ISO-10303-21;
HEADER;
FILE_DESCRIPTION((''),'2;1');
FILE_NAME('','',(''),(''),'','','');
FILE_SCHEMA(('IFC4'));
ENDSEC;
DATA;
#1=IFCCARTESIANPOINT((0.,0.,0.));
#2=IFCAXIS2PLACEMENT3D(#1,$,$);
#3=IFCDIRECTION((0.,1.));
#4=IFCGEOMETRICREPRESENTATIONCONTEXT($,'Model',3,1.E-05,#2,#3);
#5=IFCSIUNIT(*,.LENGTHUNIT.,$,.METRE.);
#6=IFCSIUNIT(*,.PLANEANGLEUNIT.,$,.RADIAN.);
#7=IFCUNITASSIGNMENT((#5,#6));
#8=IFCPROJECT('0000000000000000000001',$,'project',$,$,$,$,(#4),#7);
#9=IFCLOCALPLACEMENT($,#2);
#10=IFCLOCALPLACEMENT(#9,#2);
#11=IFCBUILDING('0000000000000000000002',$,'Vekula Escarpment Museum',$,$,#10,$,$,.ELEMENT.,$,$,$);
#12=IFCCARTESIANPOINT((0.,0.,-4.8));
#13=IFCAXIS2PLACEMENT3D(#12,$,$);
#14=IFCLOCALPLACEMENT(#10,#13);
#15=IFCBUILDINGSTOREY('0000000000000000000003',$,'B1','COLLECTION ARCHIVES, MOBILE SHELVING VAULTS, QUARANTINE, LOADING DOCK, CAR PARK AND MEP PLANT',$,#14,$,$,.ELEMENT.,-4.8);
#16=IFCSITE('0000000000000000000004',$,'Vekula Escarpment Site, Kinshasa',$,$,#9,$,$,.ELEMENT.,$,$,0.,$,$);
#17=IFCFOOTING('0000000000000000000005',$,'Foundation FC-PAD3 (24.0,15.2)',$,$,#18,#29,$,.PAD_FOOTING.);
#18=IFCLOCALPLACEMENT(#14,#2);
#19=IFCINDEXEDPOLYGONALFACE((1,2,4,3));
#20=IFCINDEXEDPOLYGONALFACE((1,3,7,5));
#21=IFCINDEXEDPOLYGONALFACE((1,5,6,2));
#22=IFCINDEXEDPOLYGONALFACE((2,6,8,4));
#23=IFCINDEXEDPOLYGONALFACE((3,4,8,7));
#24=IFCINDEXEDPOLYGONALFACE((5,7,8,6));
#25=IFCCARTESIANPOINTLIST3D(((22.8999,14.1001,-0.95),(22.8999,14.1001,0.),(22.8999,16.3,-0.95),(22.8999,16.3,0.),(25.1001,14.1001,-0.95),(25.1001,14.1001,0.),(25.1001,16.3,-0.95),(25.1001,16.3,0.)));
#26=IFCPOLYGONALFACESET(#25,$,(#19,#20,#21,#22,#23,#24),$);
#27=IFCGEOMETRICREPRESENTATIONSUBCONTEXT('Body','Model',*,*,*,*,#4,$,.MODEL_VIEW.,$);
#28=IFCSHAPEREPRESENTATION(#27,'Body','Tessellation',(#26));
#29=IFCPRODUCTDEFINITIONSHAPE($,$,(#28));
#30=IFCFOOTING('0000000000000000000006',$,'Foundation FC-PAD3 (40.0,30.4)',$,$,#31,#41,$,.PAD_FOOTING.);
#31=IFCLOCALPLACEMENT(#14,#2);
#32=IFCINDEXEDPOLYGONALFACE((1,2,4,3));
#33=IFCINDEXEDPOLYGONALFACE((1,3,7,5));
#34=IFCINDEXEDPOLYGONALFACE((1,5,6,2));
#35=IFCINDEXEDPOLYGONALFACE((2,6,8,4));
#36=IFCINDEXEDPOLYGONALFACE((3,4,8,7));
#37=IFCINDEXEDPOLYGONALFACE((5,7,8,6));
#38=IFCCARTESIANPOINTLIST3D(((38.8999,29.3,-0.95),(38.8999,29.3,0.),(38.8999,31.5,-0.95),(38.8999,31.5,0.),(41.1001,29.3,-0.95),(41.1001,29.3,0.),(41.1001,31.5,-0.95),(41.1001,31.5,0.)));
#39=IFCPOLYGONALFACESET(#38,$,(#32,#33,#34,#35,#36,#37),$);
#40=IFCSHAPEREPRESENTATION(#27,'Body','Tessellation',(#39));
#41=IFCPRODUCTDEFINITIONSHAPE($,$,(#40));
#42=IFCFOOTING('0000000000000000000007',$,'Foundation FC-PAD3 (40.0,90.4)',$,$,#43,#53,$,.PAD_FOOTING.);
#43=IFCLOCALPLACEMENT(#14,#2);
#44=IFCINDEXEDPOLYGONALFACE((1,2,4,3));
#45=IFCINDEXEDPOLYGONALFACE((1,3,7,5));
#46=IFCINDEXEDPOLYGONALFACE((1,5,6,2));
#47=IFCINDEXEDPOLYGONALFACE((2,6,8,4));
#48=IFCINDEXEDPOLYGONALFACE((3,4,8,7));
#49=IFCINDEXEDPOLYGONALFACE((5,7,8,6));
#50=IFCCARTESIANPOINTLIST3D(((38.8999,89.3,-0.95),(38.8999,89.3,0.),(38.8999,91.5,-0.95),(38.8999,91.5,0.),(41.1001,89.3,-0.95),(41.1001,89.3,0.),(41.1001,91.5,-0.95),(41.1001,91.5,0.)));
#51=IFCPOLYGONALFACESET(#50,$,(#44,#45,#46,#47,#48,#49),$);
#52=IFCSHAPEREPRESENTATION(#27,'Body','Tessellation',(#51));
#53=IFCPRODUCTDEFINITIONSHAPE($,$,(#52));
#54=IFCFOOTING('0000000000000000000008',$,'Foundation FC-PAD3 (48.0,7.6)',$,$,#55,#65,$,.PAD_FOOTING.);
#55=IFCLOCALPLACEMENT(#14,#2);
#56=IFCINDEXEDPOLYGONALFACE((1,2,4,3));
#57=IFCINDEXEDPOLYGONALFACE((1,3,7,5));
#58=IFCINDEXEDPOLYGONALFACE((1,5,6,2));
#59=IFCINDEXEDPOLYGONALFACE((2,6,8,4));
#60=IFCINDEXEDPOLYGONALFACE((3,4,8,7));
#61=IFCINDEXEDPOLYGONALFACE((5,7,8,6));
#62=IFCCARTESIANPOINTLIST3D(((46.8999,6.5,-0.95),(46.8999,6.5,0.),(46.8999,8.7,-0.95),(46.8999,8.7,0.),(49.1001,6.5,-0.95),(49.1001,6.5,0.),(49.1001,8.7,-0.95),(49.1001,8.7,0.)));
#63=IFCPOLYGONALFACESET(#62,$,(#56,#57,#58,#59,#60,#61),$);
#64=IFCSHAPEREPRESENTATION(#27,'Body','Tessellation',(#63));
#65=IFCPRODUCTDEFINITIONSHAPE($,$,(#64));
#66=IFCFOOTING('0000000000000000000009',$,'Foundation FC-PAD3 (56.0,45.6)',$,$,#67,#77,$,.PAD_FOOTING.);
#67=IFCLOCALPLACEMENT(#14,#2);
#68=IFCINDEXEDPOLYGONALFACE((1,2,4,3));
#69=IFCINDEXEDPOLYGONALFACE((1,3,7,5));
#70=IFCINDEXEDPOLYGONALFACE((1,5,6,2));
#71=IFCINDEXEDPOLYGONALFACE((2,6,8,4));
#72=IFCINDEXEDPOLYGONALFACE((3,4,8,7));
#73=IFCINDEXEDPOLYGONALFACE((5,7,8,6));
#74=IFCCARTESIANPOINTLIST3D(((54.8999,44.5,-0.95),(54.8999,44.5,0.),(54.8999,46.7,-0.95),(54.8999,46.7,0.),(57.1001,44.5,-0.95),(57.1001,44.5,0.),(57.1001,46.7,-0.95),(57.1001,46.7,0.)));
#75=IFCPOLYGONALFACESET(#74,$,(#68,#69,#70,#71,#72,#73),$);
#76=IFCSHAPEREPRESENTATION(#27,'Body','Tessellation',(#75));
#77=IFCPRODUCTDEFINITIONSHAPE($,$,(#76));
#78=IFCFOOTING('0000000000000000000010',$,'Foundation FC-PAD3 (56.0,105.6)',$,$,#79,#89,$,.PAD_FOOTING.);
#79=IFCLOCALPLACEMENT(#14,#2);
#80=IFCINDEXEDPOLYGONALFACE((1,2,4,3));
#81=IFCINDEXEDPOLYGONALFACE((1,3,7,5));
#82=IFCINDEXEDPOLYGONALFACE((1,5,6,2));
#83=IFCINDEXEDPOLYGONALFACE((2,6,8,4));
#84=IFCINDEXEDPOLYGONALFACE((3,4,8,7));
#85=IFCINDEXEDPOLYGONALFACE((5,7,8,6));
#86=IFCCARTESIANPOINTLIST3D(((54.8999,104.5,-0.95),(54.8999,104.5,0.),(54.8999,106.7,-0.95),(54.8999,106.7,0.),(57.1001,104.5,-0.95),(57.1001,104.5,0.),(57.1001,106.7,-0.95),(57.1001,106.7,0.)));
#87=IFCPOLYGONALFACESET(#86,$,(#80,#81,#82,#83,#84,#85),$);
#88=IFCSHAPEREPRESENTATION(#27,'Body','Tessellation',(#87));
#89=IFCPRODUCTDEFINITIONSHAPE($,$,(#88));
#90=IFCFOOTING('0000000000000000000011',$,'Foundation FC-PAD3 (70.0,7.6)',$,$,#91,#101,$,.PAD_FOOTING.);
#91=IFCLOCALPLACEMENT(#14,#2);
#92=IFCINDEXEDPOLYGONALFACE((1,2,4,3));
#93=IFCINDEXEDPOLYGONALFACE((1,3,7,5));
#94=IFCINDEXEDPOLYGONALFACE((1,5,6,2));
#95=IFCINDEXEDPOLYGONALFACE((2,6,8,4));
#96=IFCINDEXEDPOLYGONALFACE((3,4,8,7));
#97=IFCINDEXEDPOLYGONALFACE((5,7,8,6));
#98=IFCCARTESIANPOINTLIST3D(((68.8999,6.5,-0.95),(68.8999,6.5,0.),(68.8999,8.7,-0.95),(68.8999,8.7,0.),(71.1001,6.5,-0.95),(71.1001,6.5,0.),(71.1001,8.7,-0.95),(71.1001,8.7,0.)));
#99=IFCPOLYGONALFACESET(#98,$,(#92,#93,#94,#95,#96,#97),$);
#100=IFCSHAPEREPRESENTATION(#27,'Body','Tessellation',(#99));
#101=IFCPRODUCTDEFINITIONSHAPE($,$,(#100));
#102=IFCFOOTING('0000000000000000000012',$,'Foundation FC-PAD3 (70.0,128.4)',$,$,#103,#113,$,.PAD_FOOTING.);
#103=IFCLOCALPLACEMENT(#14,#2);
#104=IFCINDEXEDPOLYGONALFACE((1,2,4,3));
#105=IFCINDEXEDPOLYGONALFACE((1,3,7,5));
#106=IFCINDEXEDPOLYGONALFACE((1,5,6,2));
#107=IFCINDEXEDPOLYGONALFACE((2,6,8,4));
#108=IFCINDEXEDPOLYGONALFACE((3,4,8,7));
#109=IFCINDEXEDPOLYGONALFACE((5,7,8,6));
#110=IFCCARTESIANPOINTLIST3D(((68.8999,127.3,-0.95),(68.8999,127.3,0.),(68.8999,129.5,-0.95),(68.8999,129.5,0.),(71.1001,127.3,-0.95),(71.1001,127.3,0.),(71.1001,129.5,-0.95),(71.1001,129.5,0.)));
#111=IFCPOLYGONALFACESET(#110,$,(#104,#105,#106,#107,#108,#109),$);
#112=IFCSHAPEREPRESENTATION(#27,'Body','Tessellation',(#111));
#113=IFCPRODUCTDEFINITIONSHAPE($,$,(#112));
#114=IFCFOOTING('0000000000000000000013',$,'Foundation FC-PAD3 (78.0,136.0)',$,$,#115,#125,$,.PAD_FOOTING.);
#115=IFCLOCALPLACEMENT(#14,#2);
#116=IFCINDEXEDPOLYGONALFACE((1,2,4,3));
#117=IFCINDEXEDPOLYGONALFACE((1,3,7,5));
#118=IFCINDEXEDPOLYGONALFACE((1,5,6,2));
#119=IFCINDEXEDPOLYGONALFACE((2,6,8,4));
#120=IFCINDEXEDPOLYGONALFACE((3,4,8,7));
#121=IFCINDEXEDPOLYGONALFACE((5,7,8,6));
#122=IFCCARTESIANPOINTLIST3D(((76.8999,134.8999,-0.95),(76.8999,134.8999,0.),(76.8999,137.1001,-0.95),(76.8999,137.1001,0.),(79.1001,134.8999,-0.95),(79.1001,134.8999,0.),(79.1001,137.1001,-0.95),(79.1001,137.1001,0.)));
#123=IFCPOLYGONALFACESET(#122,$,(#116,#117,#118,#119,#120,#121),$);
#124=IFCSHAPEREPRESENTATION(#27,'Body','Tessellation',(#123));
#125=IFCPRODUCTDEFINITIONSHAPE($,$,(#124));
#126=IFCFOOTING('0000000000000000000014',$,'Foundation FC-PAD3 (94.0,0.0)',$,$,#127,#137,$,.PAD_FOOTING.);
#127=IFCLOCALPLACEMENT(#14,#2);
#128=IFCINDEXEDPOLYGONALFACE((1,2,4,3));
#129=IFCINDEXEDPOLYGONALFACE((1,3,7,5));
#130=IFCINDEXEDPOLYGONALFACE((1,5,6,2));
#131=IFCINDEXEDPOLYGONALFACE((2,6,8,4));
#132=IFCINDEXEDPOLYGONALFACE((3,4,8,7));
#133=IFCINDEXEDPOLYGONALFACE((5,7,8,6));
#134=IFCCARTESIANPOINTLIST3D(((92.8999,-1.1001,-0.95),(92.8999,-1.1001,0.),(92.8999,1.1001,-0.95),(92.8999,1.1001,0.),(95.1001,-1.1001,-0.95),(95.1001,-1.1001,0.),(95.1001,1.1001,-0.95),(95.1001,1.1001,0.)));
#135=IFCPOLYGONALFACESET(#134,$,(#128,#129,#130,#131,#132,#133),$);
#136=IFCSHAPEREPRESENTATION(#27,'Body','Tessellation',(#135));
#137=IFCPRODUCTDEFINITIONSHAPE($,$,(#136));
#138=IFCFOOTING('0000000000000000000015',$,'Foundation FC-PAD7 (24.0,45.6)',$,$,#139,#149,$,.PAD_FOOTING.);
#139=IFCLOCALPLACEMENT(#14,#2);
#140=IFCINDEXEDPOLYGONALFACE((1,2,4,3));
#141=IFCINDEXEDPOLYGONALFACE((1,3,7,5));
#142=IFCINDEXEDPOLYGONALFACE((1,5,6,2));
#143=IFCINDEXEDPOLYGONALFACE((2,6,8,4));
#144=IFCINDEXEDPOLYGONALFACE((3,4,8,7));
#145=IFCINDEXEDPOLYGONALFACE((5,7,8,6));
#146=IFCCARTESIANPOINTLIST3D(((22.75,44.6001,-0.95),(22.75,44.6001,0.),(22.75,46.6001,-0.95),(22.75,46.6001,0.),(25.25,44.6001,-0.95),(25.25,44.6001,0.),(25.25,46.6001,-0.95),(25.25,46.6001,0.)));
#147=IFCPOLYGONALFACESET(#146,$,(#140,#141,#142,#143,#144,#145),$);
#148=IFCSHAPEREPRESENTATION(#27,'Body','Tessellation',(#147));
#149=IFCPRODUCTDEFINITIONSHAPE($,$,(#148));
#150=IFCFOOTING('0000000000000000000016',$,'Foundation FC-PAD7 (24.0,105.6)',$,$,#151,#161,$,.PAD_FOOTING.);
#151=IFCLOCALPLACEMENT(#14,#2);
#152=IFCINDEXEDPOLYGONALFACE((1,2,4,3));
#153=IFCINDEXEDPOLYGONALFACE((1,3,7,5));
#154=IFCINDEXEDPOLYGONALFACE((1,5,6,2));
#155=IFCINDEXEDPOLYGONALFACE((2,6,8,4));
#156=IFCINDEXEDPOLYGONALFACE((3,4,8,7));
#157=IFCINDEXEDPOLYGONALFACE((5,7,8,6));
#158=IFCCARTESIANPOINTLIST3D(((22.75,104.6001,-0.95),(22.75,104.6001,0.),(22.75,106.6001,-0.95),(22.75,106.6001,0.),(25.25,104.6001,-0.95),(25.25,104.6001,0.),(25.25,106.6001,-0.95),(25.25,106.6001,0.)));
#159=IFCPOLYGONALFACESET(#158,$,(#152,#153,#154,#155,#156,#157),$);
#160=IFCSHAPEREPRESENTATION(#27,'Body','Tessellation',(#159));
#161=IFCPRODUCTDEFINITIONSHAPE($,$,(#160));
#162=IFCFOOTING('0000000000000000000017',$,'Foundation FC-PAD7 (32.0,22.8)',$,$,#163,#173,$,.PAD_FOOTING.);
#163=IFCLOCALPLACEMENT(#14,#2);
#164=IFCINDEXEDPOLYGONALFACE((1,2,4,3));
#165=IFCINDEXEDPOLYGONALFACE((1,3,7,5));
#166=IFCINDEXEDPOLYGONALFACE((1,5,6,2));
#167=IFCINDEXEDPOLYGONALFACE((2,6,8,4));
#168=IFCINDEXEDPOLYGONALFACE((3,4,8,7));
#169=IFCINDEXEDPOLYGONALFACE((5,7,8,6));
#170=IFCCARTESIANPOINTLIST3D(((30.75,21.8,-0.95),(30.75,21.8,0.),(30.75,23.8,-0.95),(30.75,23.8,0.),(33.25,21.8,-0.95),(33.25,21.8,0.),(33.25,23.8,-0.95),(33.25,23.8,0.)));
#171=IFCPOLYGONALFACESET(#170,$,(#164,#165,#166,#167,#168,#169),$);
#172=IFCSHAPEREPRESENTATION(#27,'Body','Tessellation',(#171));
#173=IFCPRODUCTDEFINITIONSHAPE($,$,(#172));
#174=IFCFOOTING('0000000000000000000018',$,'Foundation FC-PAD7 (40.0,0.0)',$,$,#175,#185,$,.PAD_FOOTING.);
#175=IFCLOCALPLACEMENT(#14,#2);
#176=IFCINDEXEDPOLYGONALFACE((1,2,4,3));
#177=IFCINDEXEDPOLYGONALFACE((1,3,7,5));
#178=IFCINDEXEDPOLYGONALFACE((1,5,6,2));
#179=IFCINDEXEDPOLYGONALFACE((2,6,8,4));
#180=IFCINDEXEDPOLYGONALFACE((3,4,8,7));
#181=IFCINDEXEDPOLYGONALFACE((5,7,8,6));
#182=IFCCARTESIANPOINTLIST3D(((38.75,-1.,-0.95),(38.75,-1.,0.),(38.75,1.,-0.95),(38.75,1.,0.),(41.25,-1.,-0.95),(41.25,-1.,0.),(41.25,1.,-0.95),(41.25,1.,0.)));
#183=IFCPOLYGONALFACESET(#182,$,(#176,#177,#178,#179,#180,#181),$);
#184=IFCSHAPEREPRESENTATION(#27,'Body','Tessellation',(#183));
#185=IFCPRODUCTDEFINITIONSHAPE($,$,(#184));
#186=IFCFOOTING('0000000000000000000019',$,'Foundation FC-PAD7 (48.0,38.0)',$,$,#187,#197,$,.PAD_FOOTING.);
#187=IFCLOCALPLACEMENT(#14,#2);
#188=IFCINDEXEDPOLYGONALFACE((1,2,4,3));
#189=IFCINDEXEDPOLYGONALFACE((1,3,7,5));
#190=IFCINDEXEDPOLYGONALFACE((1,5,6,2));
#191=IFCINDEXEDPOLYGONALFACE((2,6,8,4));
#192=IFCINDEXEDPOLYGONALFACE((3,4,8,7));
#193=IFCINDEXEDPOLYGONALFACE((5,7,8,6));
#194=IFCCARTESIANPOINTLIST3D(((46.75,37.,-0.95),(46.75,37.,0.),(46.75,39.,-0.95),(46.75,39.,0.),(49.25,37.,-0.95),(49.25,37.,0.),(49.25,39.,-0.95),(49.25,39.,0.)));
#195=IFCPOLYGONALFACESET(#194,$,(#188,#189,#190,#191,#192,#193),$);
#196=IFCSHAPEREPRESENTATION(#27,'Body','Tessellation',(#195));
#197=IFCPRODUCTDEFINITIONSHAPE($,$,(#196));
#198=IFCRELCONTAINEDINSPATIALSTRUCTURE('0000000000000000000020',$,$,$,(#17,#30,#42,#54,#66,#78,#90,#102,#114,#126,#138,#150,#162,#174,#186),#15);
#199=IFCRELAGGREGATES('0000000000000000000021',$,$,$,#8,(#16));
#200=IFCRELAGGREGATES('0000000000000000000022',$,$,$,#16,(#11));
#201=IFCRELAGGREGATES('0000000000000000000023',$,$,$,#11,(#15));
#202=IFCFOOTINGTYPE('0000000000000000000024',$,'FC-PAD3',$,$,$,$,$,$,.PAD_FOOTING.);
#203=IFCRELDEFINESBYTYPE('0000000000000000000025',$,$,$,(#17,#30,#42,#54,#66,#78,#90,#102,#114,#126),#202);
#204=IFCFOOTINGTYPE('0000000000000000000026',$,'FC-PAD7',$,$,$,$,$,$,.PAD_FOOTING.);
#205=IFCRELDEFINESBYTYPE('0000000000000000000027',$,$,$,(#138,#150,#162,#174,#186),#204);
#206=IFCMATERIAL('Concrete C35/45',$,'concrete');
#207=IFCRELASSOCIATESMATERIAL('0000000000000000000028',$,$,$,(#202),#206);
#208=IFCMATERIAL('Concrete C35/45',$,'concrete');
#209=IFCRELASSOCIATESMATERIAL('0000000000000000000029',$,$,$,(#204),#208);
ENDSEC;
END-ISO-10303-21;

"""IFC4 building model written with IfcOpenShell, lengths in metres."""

from ifc_helpers import new_model, si_unit, direction, frame, origin, place, context, subcontext, project, spatial, polyline, outline, extrude, material, type_object, element, save


model = new_model("IFC4")

# Units and contexts
model_context = context("Model", 3, precision=1e-05, world=origin(), true_north=direction((0.0, 1.0)))
body_context = subcontext(model_context, "Body", "Model", "MODEL_VIEW")
ifc_project = project(units=[si_unit("LENGTHUNIT", "METRE"), si_unit("PLANEANGLEUNIT", "RADIAN")], contexts=[model_context])

# Site, building, storey
site_placement = place(None, origin())
site = spatial("IfcSite", under=ifc_project, at=site_placement, Name="Vekula Escarpment Site, Kinshasa", CompositionType="ELEMENT", RefElevation=0.0)
building_placement = place(site_placement, origin())
building = spatial("IfcBuilding", under=site, at=building_placement, Name="Vekula Escarpment Museum", CompositionType="ELEMENT")
storey_placement = place(building_placement, frame((0.0, 0.0, -4.8)))
storey = spatial("IfcBuildingStorey", under=building, at=storey_placement, Name="B1", Description="COLLECTION ARCHIVES, MOBILE SHELVING VAULTS, QUARANTINE, LOADING DOCK, CAR PARK AND MEP PLANT", CompositionType="ELEMENT", Elevation=-4.8)

# Footings
ifc_material_1 = material(Name="Concrete C35/45", Category="concrete")
footing_type_1 = type_object("IfcFootingType", Name="FC-PAD3", PredefinedType="PAD_FOOTING", material=ifc_material_1)
footing_1_placement = place(storey_placement, frame((0.0, 0.0, -0.95)))
element("IfcFooting", 1, at=footing_1_placement, inside=storey, type_object=footing_type_1, Name="Foundation FC-PAD3 (24.0,15.2)", PredefinedType="PAD_FOOTING", context=body_context, shape_type="SweptSolid", body=[
    extrude(outline(polyline([(22.8999, 14.1001), (25.1001, 14.1001), (25.1001, 16.3), (22.8999, 16.3), (22.8999, 14.1001)])), origin(), (0.0, 0.0, 1.0), 0.95),
])
footing_2_placement = place(storey_placement, frame((0.0, 0.0, -0.95)))
element("IfcFooting", 2, at=footing_2_placement, inside=storey, type_object=footing_type_1, Name="Foundation FC-PAD3 (40.0,30.4)", PredefinedType="PAD_FOOTING", context=body_context, shape_type="SweptSolid", body=[
    extrude(outline(polyline([(38.8999, 29.3), (41.1001, 29.3), (41.1001, 31.5), (38.8999, 31.5), (38.8999, 29.3)])), origin(), (0.0, 0.0, 1.0), 0.95),
])
footing_3_placement = place(storey_placement, frame((0.0, 0.0, -0.95)))
element("IfcFooting", 3, at=footing_3_placement, inside=storey, type_object=footing_type_1, Name="Foundation FC-PAD3 (40.0,90.4)", PredefinedType="PAD_FOOTING", context=body_context, shape_type="SweptSolid", body=[
    extrude(outline(polyline([(38.8999, 89.3), (41.1001, 89.3), (41.1001, 91.5), (38.8999, 91.5), (38.8999, 89.3)])), origin(), (0.0, 0.0, 1.0), 0.95),
])
footing_4_placement = place(storey_placement, frame((0.0, 0.0, -0.95)))
element("IfcFooting", 4, at=footing_4_placement, inside=storey, type_object=footing_type_1, Name="Foundation FC-PAD3 (48.0,7.6)", PredefinedType="PAD_FOOTING", context=body_context, shape_type="SweptSolid", body=[
    extrude(outline(polyline([(46.8999, 6.5), (49.1001, 6.5), (49.1001, 8.7), (46.8999, 8.7), (46.8999, 6.5)])), origin(), (0.0, 0.0, 1.0), 0.95),
])
footing_5_placement = place(storey_placement, frame((0.0, 0.0, -0.95)))
element("IfcFooting", 5, at=footing_5_placement, inside=storey, type_object=footing_type_1, Name="Foundation FC-PAD3 (56.0,45.6)", PredefinedType="PAD_FOOTING", context=body_context, shape_type="SweptSolid", body=[
    extrude(outline(polyline([(54.8999, 44.5), (57.1001, 44.5), (57.1001, 46.7), (54.8999, 46.7), (54.8999, 44.5)])), origin(), (0.0, 0.0, 1.0), 0.95),
])
footing_6_placement = place(storey_placement, frame((0.0, 0.0, -0.95)))
element("IfcFooting", 6, at=footing_6_placement, inside=storey, type_object=footing_type_1, Name="Foundation FC-PAD3 (56.0,105.6)", PredefinedType="PAD_FOOTING", context=body_context, shape_type="SweptSolid", body=[
    extrude(outline(polyline([(54.8999, 104.5), (57.1001, 104.5), (57.1001, 106.7), (54.8999, 106.7), (54.8999, 104.5)])), origin(), (0.0, 0.0, 1.0), 0.95),
])
footing_7_placement = place(storey_placement, frame((0.0, 0.0, -0.95)))
element("IfcFooting", 7, at=footing_7_placement, inside=storey, type_object=footing_type_1, Name="Foundation FC-PAD3 (70.0,7.6)", PredefinedType="PAD_FOOTING", context=body_context, shape_type="SweptSolid", body=[
    extrude(outline(polyline([(68.8999, 6.5), (71.1001, 6.5), (71.1001, 8.7), (68.8999, 8.7), (68.8999, 6.5)])), origin(), (0.0, 0.0, 1.0), 0.95),
])
footing_8_placement = place(storey_placement, frame((0.0, 0.0, -0.95)))
element("IfcFooting", 8, at=footing_8_placement, inside=storey, type_object=footing_type_1, Name="Foundation FC-PAD3 (70.0,128.4)", PredefinedType="PAD_FOOTING", context=body_context, shape_type="SweptSolid", body=[
    extrude(outline(polyline([(68.8999, 127.3), (71.1001, 127.3), (71.1001, 129.5), (68.8999, 129.5), (68.8999, 127.3)])), origin(), (0.0, 0.0, 1.0), 0.95),
])
footing_9_placement = place(storey_placement, frame((0.0, 0.0, -0.95)))
element("IfcFooting", 9, at=footing_9_placement, inside=storey, type_object=footing_type_1, Name="Foundation FC-PAD3 (78.0,136.0)", PredefinedType="PAD_FOOTING", context=body_context, shape_type="SweptSolid", body=[
    extrude(outline(polyline([(76.8999, 134.8999), (79.1001, 134.8999), (79.1001, 137.1001), (76.8999, 137.1001), (76.8999, 134.8999)])), origin(), (0.0, 0.0, 1.0), 0.95),
])
footing_10_placement = place(storey_placement, frame((0.0, 0.0, -0.95)))
element("IfcFooting", 10, at=footing_10_placement, inside=storey, type_object=footing_type_1, Name="Foundation FC-PAD3 (94.0,0.0)", PredefinedType="PAD_FOOTING", context=body_context, shape_type="SweptSolid", body=[
    extrude(outline(polyline([(92.8999, -1.1001), (95.1001, -1.1001), (95.1001, 1.1001), (92.8999, 1.1001), (92.8999, -1.1001)])), origin(), (0.0, 0.0, 1.0), 0.95),
])
ifc_material_2 = material(Name="Concrete C35/45", Category="concrete")
footing_type_2 = type_object("IfcFootingType", Name="FC-PAD7", PredefinedType="PAD_FOOTING", material=ifc_material_2)
footing_11_placement = place(storey_placement, frame((0.0, 0.0, -0.95)))
element("IfcFooting", 11, at=footing_11_placement, inside=storey, type_object=footing_type_2, Name="Foundation FC-PAD7 (24.0,45.6)", PredefinedType="PAD_FOOTING", context=body_context, shape_type="SweptSolid", body=[
    extrude(outline(polyline([(22.75, 44.6001), (25.25, 44.6001), (25.25, 46.6001), (22.75, 46.6001), (22.75, 44.6001)])), origin(), (0.0, 0.0, 1.0), 0.95),
])
footing_12_placement = place(storey_placement, frame((0.0, 0.0, -0.95)))
element("IfcFooting", 12, at=footing_12_placement, inside=storey, type_object=footing_type_2, Name="Foundation FC-PAD7 (24.0,105.6)", PredefinedType="PAD_FOOTING", context=body_context, shape_type="SweptSolid", body=[
    extrude(outline(polyline([(22.75, 104.6001), (25.25, 104.6001), (25.25, 106.6001), (22.75, 106.6001), (22.75, 104.6001)])), origin(), (0.0, 0.0, 1.0), 0.95),
])
footing_13_placement = place(storey_placement, frame((0.0, 0.0, -0.95)))
element("IfcFooting", 13, at=footing_13_placement, inside=storey, type_object=footing_type_2, Name="Foundation FC-PAD7 (32.0,22.8)", PredefinedType="PAD_FOOTING", context=body_context, shape_type="SweptSolid", body=[
    extrude(outline(polyline([(30.75, 21.8), (33.25, 21.8), (33.25, 23.8), (30.75, 23.8), (30.75, 21.8)])), origin(), (0.0, 0.0, 1.0), 0.95),
])
footing_14_placement = place(storey_placement, frame((0.0, 0.0, -0.95)))
element("IfcFooting", 14, at=footing_14_placement, inside=storey, type_object=footing_type_2, Name="Foundation FC-PAD7 (40.0,0.0)", PredefinedType="PAD_FOOTING", context=body_context, shape_type="SweptSolid", body=[
    extrude(outline(polyline([(38.75, -1.0), (41.25, -1.0), (41.25, 1.0), (38.75, 1.0), (38.75, -1.0)])), origin(), (0.0, 0.0, 1.0), 0.95),
])
footing_15_placement = place(storey_placement, frame((0.0, 0.0, -0.95)))
element("IfcFooting", 15, at=footing_15_placement, inside=storey, type_object=footing_type_2, Name="Foundation FC-PAD7 (48.0,38.0)", PredefinedType="PAD_FOOTING", context=body_context, shape_type="SweptSolid", body=[
    extrude(outline(polyline([(46.75, 37.0), (49.25, 37.0), (49.25, 39.0), (46.75, 39.0), (46.75, 37.0)])), origin(), (0.0, 0.0, 1.0), 0.95),
])

save(model, "model.ifc")
